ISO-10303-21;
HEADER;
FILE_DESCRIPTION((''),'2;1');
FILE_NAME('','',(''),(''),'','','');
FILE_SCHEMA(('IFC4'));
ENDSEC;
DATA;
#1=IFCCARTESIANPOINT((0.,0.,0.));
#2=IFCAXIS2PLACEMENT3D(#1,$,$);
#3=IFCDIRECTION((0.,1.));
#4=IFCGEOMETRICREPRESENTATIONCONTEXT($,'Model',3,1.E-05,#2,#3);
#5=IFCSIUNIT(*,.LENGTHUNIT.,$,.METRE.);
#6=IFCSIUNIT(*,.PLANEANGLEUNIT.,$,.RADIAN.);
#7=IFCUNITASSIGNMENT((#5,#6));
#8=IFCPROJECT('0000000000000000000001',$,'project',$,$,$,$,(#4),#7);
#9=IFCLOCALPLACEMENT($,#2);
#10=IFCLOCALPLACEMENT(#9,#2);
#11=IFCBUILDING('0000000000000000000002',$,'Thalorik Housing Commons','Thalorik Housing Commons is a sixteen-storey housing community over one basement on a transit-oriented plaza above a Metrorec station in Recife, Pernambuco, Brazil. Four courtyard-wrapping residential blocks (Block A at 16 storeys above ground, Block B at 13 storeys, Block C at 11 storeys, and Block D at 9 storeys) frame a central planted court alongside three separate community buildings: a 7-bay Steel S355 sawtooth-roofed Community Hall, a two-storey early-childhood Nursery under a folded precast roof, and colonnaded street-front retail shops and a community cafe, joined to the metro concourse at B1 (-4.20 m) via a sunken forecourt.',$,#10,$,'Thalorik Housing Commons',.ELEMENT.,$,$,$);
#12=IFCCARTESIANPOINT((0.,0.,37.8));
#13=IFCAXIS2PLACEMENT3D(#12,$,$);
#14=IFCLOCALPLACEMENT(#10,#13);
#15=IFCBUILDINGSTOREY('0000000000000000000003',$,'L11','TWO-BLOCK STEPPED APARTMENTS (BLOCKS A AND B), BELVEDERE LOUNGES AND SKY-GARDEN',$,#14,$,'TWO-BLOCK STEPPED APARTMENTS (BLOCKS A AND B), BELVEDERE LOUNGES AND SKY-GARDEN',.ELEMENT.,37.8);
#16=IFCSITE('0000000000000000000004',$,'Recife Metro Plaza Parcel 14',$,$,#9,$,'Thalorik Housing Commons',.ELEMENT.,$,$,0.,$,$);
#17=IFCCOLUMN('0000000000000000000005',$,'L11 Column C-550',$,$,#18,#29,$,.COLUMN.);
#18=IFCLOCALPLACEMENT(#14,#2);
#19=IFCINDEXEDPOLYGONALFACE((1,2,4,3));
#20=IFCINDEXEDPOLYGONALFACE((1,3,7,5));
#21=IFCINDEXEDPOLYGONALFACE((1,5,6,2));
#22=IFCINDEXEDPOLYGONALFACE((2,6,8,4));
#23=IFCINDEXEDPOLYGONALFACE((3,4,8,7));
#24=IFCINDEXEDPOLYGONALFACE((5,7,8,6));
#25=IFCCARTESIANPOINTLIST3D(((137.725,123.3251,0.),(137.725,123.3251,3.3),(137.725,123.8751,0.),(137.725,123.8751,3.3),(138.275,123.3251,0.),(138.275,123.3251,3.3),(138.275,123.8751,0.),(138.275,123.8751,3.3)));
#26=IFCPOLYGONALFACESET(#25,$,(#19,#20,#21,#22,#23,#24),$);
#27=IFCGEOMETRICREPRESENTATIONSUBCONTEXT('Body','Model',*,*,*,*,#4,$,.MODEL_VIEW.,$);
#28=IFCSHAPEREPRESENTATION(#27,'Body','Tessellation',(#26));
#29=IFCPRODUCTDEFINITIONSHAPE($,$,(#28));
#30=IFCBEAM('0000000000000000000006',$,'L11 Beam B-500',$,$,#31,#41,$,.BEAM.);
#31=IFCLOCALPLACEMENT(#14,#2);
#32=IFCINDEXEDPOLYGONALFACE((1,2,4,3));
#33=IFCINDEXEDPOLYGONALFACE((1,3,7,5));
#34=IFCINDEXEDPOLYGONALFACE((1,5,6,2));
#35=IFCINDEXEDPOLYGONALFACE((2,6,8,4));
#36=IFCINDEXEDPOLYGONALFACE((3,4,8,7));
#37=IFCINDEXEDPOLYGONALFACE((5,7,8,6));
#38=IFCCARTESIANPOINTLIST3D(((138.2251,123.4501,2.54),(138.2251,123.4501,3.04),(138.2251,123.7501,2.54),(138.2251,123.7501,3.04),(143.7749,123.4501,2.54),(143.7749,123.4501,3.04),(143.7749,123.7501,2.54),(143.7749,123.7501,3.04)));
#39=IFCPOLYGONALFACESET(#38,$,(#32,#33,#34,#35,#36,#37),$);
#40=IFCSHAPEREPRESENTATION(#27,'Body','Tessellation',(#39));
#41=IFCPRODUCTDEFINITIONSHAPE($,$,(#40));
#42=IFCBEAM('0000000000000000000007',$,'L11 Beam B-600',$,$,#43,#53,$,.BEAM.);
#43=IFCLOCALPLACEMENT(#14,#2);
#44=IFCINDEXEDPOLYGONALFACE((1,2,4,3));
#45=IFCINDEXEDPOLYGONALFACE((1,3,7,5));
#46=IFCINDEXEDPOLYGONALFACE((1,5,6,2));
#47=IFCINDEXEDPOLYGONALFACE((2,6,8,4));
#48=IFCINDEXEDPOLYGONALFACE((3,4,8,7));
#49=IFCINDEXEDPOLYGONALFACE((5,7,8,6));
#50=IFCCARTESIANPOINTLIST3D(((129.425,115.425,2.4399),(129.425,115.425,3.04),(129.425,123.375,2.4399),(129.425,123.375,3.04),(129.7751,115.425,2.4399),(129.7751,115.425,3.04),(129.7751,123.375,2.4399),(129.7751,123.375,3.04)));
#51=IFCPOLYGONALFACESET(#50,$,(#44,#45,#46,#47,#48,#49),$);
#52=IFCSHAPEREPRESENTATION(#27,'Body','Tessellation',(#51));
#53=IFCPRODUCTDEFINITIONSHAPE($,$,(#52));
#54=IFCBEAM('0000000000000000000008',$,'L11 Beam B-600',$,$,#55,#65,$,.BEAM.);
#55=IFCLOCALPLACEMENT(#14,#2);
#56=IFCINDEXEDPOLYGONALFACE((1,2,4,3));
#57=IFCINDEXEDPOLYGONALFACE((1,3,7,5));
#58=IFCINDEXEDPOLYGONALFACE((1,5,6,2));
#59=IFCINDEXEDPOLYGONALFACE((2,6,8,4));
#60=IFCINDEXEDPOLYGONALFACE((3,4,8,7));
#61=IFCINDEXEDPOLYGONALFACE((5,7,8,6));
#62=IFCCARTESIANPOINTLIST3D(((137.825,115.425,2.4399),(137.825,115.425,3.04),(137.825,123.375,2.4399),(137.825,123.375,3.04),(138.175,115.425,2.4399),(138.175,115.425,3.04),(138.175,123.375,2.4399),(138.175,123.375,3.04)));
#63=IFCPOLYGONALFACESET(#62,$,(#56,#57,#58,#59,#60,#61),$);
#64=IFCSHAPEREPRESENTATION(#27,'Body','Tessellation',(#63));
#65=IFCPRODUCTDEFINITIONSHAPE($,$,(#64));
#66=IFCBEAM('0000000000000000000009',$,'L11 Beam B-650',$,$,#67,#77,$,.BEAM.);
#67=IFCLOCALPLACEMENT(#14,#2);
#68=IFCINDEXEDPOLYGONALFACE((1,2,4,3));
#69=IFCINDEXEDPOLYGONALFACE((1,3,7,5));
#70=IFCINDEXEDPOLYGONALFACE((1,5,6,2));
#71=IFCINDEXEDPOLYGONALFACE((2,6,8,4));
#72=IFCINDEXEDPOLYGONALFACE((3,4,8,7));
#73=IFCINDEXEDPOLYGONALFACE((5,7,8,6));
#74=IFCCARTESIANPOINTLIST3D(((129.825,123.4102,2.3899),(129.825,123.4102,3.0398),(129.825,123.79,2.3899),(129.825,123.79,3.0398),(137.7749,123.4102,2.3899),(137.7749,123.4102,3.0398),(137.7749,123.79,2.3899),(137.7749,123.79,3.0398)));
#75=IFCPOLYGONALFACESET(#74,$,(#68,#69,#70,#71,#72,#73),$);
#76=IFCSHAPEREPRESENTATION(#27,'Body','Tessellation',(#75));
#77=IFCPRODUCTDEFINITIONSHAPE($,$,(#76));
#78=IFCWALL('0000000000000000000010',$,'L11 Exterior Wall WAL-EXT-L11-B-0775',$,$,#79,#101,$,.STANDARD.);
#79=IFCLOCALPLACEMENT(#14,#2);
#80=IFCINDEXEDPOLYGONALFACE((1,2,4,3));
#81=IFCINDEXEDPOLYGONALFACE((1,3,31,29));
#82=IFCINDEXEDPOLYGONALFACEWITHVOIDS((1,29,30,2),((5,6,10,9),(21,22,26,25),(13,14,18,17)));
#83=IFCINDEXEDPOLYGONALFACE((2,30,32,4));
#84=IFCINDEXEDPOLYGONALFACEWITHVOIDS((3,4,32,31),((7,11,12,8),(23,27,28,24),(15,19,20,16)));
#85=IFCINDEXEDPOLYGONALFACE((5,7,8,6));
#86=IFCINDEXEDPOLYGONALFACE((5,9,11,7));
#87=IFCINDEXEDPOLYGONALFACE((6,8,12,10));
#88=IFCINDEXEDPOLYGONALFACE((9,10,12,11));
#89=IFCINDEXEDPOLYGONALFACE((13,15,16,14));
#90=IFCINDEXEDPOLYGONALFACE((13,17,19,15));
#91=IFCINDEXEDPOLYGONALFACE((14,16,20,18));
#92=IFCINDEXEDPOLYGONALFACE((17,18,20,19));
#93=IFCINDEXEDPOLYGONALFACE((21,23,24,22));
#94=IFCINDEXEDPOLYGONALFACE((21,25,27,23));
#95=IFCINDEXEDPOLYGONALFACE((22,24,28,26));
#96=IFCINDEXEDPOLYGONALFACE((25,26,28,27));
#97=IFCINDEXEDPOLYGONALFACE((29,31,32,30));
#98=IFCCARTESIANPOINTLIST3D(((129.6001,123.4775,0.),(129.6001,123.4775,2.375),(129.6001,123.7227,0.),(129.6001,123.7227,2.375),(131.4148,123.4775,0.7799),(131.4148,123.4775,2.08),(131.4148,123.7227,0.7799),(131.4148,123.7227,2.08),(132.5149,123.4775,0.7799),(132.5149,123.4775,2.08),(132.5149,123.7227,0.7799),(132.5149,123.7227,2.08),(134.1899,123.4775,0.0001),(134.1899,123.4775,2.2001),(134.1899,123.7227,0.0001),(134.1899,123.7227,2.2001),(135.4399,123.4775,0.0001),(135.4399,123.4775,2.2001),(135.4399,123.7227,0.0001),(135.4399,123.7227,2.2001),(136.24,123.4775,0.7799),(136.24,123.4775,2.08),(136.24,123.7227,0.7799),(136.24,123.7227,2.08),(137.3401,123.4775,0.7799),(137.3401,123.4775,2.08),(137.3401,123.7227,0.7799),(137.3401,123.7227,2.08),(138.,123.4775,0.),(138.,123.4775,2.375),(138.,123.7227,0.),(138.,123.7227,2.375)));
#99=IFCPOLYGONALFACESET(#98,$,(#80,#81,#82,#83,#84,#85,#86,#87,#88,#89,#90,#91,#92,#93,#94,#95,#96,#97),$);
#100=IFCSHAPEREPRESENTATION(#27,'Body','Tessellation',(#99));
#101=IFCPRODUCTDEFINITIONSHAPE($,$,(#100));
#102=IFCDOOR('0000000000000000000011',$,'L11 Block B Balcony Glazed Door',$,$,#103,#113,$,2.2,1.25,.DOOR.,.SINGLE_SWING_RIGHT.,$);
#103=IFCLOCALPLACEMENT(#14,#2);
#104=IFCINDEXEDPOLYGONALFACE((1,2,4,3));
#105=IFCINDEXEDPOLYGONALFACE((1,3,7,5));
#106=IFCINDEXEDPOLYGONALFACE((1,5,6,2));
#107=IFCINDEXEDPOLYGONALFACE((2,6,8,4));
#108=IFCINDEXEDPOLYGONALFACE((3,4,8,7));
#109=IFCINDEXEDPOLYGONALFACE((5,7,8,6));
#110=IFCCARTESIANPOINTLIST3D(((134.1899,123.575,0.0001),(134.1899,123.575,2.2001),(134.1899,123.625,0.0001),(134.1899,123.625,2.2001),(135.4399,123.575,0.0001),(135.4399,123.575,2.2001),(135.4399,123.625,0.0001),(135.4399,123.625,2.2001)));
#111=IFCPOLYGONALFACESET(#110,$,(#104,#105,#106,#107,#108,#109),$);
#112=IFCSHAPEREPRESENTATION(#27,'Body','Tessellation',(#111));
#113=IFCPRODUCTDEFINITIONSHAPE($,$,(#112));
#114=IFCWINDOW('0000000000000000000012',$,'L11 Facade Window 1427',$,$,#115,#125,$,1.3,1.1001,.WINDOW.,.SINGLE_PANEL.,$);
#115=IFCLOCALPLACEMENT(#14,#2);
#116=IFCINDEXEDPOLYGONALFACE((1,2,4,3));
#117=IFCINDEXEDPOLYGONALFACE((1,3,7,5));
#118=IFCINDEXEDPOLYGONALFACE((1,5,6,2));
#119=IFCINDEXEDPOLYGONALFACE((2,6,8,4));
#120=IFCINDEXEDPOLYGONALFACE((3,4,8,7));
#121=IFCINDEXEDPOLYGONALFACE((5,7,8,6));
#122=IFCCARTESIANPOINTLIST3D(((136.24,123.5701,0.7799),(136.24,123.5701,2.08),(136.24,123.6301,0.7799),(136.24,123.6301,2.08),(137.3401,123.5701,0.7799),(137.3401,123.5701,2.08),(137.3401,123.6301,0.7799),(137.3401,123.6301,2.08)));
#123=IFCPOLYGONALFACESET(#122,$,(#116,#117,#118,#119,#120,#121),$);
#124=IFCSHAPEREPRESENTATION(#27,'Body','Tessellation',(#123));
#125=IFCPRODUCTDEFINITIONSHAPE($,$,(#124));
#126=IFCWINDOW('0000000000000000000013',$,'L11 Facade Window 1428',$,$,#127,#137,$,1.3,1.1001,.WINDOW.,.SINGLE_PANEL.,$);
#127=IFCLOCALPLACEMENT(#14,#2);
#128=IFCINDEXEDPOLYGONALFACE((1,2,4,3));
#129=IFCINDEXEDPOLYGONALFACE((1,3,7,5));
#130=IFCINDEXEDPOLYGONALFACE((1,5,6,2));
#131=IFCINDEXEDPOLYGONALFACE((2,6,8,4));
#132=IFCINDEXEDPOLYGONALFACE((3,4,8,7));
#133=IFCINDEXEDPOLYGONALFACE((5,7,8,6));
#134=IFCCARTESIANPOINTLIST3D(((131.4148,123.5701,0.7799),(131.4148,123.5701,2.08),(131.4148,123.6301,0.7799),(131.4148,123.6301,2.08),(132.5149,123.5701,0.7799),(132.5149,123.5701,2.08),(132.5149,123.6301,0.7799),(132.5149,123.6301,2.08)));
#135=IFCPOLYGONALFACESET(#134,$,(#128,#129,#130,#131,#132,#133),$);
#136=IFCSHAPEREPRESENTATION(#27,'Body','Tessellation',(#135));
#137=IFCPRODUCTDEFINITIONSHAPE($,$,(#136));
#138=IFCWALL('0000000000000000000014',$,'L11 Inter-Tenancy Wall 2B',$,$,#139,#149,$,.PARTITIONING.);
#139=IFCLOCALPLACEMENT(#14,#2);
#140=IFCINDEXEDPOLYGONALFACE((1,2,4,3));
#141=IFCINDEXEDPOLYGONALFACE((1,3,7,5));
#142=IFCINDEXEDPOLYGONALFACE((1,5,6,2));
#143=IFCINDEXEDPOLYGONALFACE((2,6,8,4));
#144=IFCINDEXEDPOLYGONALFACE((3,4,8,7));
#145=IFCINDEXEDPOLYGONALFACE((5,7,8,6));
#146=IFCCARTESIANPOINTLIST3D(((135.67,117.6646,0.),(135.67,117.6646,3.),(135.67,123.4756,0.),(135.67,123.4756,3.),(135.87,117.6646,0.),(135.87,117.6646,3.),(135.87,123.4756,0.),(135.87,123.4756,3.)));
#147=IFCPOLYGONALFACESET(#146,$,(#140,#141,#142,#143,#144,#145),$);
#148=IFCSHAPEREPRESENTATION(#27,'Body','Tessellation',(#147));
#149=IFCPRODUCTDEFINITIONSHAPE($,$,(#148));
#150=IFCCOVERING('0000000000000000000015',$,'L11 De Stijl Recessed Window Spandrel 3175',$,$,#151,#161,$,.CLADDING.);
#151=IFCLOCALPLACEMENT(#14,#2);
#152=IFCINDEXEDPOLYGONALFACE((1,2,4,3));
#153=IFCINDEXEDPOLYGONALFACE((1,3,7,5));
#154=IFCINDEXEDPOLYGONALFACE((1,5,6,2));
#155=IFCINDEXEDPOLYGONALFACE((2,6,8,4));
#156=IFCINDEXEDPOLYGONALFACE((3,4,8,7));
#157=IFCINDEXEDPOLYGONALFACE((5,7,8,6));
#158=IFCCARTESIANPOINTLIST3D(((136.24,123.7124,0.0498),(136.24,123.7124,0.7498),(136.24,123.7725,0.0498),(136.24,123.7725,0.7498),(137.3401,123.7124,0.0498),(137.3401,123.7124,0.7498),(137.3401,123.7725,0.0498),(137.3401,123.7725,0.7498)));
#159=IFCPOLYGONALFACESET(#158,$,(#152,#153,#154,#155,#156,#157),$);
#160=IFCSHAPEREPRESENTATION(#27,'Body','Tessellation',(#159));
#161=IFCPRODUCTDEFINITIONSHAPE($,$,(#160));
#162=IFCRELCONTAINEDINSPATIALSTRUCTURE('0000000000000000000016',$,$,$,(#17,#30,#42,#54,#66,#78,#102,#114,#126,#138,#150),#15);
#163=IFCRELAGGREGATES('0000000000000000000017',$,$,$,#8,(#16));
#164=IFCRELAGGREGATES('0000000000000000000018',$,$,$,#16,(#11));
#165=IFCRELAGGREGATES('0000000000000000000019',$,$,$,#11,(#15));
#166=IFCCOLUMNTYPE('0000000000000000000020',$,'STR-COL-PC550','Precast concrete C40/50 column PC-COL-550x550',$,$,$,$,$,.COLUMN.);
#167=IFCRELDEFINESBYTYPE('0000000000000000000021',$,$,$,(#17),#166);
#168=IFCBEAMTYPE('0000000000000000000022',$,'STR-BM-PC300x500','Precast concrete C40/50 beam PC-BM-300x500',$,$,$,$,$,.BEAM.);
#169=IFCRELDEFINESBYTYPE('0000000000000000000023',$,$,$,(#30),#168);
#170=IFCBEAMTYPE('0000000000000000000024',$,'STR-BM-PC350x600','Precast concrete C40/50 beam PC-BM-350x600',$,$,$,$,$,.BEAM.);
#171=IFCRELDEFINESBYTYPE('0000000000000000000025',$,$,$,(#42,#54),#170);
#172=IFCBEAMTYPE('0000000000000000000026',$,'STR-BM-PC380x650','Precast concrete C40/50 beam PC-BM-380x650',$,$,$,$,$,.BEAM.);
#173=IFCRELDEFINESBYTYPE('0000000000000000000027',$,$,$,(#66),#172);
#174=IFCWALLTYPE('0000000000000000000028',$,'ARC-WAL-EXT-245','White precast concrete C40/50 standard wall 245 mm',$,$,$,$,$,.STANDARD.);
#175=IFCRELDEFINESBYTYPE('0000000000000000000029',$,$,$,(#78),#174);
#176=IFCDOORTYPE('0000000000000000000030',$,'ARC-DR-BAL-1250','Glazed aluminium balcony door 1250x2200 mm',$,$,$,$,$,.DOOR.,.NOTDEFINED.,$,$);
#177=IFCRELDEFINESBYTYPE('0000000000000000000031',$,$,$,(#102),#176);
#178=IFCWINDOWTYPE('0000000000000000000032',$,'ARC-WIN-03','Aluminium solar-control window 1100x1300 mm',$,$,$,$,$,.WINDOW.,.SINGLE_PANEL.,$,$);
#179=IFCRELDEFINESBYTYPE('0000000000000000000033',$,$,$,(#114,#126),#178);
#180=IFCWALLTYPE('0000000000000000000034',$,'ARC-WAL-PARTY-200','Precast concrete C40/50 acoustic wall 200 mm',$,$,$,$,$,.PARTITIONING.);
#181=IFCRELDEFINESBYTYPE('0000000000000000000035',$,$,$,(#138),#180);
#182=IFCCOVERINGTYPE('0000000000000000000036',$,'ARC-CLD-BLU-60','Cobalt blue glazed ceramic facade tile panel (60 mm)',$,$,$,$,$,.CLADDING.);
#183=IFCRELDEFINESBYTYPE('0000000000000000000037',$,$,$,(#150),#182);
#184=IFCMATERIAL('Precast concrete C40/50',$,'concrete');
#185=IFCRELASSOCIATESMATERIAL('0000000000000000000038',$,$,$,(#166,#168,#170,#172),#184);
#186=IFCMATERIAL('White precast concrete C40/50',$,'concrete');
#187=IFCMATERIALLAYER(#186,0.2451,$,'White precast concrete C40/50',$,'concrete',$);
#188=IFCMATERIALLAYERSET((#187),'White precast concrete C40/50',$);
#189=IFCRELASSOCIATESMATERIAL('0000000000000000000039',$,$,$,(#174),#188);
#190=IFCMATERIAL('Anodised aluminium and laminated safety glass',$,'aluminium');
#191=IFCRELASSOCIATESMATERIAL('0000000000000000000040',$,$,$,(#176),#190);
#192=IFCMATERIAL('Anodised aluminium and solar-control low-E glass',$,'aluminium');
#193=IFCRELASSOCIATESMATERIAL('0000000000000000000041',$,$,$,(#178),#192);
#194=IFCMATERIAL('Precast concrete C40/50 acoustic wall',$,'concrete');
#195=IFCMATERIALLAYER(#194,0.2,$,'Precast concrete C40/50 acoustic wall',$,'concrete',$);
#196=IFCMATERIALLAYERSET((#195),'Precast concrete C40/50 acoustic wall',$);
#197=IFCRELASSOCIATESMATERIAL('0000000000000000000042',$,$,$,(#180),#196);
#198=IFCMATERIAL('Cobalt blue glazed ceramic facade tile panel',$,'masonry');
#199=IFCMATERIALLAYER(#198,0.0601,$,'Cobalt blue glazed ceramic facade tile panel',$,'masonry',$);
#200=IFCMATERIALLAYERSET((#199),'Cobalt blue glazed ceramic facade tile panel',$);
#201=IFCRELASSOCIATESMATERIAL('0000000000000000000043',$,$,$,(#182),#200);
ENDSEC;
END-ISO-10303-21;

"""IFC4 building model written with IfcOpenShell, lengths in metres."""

from ifc_helpers import new_model, si_unit, direction, frame, frame_2d, origin, origin_2d, place, context, subcontext, project, spatial, rectangle, extrude, material, layer, layer_set, material_profile, profile_set, type_object, element, fill, save


model = new_model("IFC4")

# Units and contexts
model_context = context("Model", 3, precision=1e-05, world=origin(), true_north=direction((0.0, 1.0)))
body_context = subcontext(model_context, "Body", "Model", "MODEL_VIEW")
ifc_project = project(units=[si_unit("LENGTHUNIT", "METRE"), si_unit("PLANEANGLEUNIT", "RADIAN")], contexts=[model_context])

# Site, building, storey
site_placement = place(None, origin())
site = spatial("IfcSite", under=ifc_project, at=site_placement, Name="Recife Metro Plaza Parcel 14", LongName="Thalorik Housing Commons", CompositionType="ELEMENT", RefElevation=0.0)
building_placement = place(site_placement, origin())
building = spatial("IfcBuilding", under=site, at=building_placement, Name="Thalorik Housing Commons", Description="Thalorik Housing Commons is a sixteen-storey housing community over one basement on a transit-oriented plaza above a Metrorec station in Recife, Pernambuco, Brazil. Four courtyard-wrapping residential blocks (Block A at 16 storeys above ground, Block B at 13 storeys, Block C at 11 storeys, and Block D at 9 storeys) frame a central planted court alongside three separate community buildings: a 7-bay Steel S355 sawtooth-roofed Community Hall, a two-storey early-childhood Nursery under a folded precast roof, and colonnaded street-front retail shops and a community cafe, joined to the metro concourse at B1 (-4.20 m) via a sunken forecourt.", LongName="Thalorik Housing Commons", CompositionType="ELEMENT")
storey_placement = place(building_placement, frame((0.0, 0.0, 37.8)))
storey = spatial("IfcBuildingStorey", under=building, at=storey_placement, Name="L11", Description="TWO-BLOCK STEPPED APARTMENTS (BLOCKS A AND B), BELVEDERE LOUNGES AND SKY-GARDEN", LongName="TWO-BLOCK STEPPED APARTMENTS (BLOCKS A AND B), BELVEDERE LOUNGES AND SKY-GARDEN", CompositionType="ELEMENT", Elevation=37.8)

# Column
ifc_material_1 = material(Name="Precast concrete C40/50", Category="concrete")
ifc_material_profile_1 = material_profile(ifc_material_1, rectangle(XDim=0.55, YDim=0.55, at=origin_2d()), Name="PC 550x550", Category="concrete")
ifc_profile_set_1 = profile_set([ifc_material_profile_1], Name="Precast concrete C40/50")
column_type = type_object("IfcColumnType", Name="STR-COL-PC550", Description="Precast concrete C40/50 column PC-COL-550x550", PredefinedType="COLUMN", material=ifc_profile_set_1)
column_placement = place(storey_placement, frame((138.0, 123.6001, 0.0), z_axis=(0.0, 0.0, 1.0), x_axis=(1.0, 0.0, 0.0)))
element("IfcColumn", 1, at=column_placement, inside=storey, type_object=column_type, Name="L11 Column C-550", PredefinedType="COLUMN", context=body_context, shape_type="SweptSolid", body=[
    extrude(rectangle(XDim=0.55, YDim=0.55, at=origin_2d()), origin(), (0.0, 0.0, 1.0), 3.3),
])

# Beams
ifc_material_profile_2 = material_profile(ifc_material_1, rectangle(XDim=0.3, YDim=0.5, at=origin_2d()), Name="PC 300x500", Category="concrete")
ifc_profile_set_2 = profile_set([ifc_material_profile_2], Name="Precast concrete C40/50")
beam_type_1 = type_object("IfcBeamType", Name="STR-BM-PC300x500", Description="Precast concrete C40/50 beam PC-BM-300x500", PredefinedType="BEAM", material=ifc_profile_set_2)
beam_1_placement = place(storey_placement, frame((138.2251, 123.6001, 2.79), z_axis=(1.0, 0.0, 0.0), x_axis=(0.0, 1.0, 0.0)))
element("IfcBeam", 2, at=beam_1_placement, inside=storey, type_object=beam_type_1, Name="L11 Beam B-500", PredefinedType="BEAM", context=body_context, shape_type="SweptSolid", body=[
    extrude(rectangle(XDim=0.3, YDim=0.5, at=origin_2d()), origin(), (0.0, 0.0, 1.0), 5.5498),
])
ifc_material_profile_3 = material_profile(ifc_material_1, rectangle(XDim=0.3501, YDim=0.6001, at=origin_2d()), Name="PC 350x600", Category="concrete")
ifc_profile_set_3 = profile_set([ifc_material_profile_3], Name="Precast concrete C40/50")
beam_type_2 = type_object("IfcBeamType", Name="STR-BM-PC350x600", Description="Precast concrete C40/50 beam PC-BM-350x600", PredefinedType="BEAM", material=ifc_profile_set_3)
for number, where, z_axis, x_axis, name in (
    (3, (129.6001, 115.425, 2.74), (0.0, 1.0, 0.0), (-1.0, 0.0, 0.0), "L11 Beam B-600"),
    (4, (138.0, 115.425, 2.74), (0.0, 1.0, 0.0), (-1.0, 0.0, 0.0), "L11 Beam B-600"),
):
    element("IfcBeam", number, at=place(storey_placement, frame(where, z_axis=z_axis, x_axis=x_axis)), inside=storey, type_object=beam_type_2, Name=name, PredefinedType="BEAM", context=body_context, shape_type="SweptSolid", body=[
        extrude(rectangle(XDim=0.3501, YDim=0.6001, at=origin_2d()), origin(), (0.0, 0.0, 1.0), 7.95),
    ])
ifc_material_profile_4 = material_profile(ifc_material_1, rectangle(XDim=0.3799, YDim=0.6499, at=origin_2d()), Name="PC 380x650", Category="concrete")
ifc_profile_set_4 = profile_set([ifc_material_profile_4], Name="Precast concrete C40/50")
beam_type_3 = type_object("IfcBeamType", Name="STR-BM-PC380x650", Description="Precast concrete C40/50 beam PC-BM-380x650", PredefinedType="BEAM", material=ifc_profile_set_4)
beam_2_placement = place(storey_placement, frame((129.825, 123.6001, 2.7148), z_axis=(1.0, 0.0, 0.0), x_axis=(0.0, 1.0, 0.0)))
element("IfcBeam", 5, at=beam_2_placement, inside=storey, type_object=beam_type_3, Name="L11 Beam B-650", PredefinedType="BEAM", context=body_context, shape_type="SweptSolid", body=[
    extrude(rectangle(XDim=0.3799, YDim=0.6499, at=origin_2d()), origin(), (0.0, 0.0, 1.0), 7.95),
])

# Wall, openings, door, windows
ifc_material_2 = material(Name="White precast concrete C40/50", Category="concrete")
ifc_layer_1 = layer(ifc_material_2, 0.2451, Name="White precast concrete C40/50", Category="concrete")
ifc_layer_set_1 = layer_set([ifc_layer_1], Name="White precast concrete C40/50")
wall_type_1 = type_object("IfcWallType", Name="ARC-WAL-EXT-245", Description="White precast concrete C40/50 standard wall 245 mm", PredefinedType="STANDARD", material=ifc_layer_set_1)
wall_1_placement = place(storey_placement, frame((138.0, 123.6001, 0.0), z_axis=(0.0, 0.0, 1.0), x_axis=(-1.0, 0.0, 0.0)))
wall_1 = element("IfcWall", 6, at=wall_1_placement, inside=storey, type_object=wall_type_1, Name="L11 Exterior Wall WAL-EXT-L11-B-0775", PredefinedType="STANDARD", context=body_context, shape_type="SweptSolid", body=[
    extrude(rectangle(XDim=8.3999, YDim=0.2451, at=frame_2d((4.2, 0.0))), origin(), (0.0, 0.0, 1.0), 2.375),
])
opening_1_placement = place(wall_1_placement, frame((2.5601, 0.0, 0.0)))
opening_1 = element("IfcOpeningElement", 7, at=opening_1_placement, cuts=wall_1, PredefinedType="OPENING", context=body_context, shape_type="SweptSolid", body=[
    extrude(rectangle(XDim=1.25, YDim=2.2, at=frame_2d((0.625, 1.1001))), frame((0.0, 0.1326, 0.0), z_axis=(0.0, -1.0, 0.0), x_axis=(1.0, 0.0, 0.0)), (0.0, 0.0, 1.0), 0.2651),
])
opening_2_placement = place(wall_1_placement, frame((0.6599, 0.0, 0.78)))
opening_2 = element("IfcOpeningElement", 8, at=opening_2_placement, cuts=wall_1, PredefinedType="OPENING", context=body_context, shape_type="SweptSolid", body=[
    extrude(rectangle(XDim=1.1001, YDim=1.3, at=frame_2d((0.55, 0.6499))), frame((0.0, 0.1326, 0.0), z_axis=(0.0, -1.0, 0.0), x_axis=(1.0, 0.0, 0.0)), (0.0, 0.0, 1.0), 0.2651),
])
opening_3_placement = place(wall_1_placement, frame((5.4851, 0.0, 0.78)))
opening_3 = element("IfcOpeningElement", 9, at=opening_3_placement, cuts=wall_1, PredefinedType="OPENING", context=body_context, shape_type="SweptSolid", body=[
    extrude(rectangle(XDim=1.1001, YDim=1.3, at=frame_2d((0.55, 0.6499))), frame((0.0, 0.1326, 0.0), z_axis=(0.0, -1.0, 0.0), x_axis=(1.0, 0.0, 0.0)), (0.0, 0.0, 1.0), 0.2651),
])
ifc_material_3 = material(Name="Anodised aluminium and laminated safety glass", Category="aluminium")
door_type_1 = type_object("IfcDoorType", Name="ARC-DR-BAL-1250", Description="Glazed aluminium balcony door 1250x2200 mm", OperationType="NOTDEFINED", PredefinedType="DOOR", material=ifc_material_3)
door_1_placement = place(opening_1_placement, frame((1.25, 0.0, 0.0), z_axis=(0.0, 0.0, 1.0), x_axis=(-1.0, 0.0, 0.0)))
door_1 = element("IfcDoor", 10, at=door_1_placement, inside=storey, type_object=door_type_1, Name="L11 Block B Balcony Glazed Door", OperationType="SINGLE_SWING_RIGHT", OverallHeight=2.2, OverallWidth=1.25, PredefinedType="DOOR", context=body_context, shape_type="SweptSolid", body=[
    extrude(rectangle(XDim=1.25, YDim=2.2, at=frame_2d((0.625, 1.1001))), frame((0.0, 0.0249, 0.0), z_axis=(0.0, -1.0, 0.0), x_axis=(1.0, 0.0, 0.0)), (0.0, 0.0, 1.0), 0.05),
])
fill(opening_1, door_1)
ifc_material_4 = material(Name="Anodised aluminium and solar-control low-E glass", Category="aluminium")
window_type_1 = type_object("IfcWindowType", Name="ARC-WIN-03", Description="Aluminium solar-control window 1100x1300 mm", PartitioningType="SINGLE_PANEL", PredefinedType="WINDOW", material=ifc_material_4)
window_1_placement = place(opening_2_placement, origin())
window_1 = element("IfcWindow", 11, at=window_1_placement, inside=storey, type_object=window_type_1, Name="L11 Facade Window 1427", OverallHeight=1.3, OverallWidth=1.1001, PartitioningType="SINGLE_PANEL", PredefinedType="WINDOW", context=body_context, shape_type="SweptSolid", body=[
    extrude(rectangle(XDim=1.1001, YDim=1.3, at=frame_2d((0.55, 0.6499))), frame((0.0, 0.03, 0.0), z_axis=(0.0, -1.0, 0.0), x_axis=(1.0, 0.0, 0.0)), (0.0, 0.0, 1.0), 0.0601),
])
fill(opening_2, window_1)
window_2_placement = place(opening_3_placement, origin())
window_2 = element("IfcWindow", 12, at=window_2_placement, inside=storey, type_object=window_type_1, Name="L11 Facade Window 1428", OverallHeight=1.3, OverallWidth=1.1001, PartitioningType="SINGLE_PANEL", PredefinedType="WINDOW", context=body_context, shape_type="SweptSolid", body=[
    extrude(rectangle(XDim=1.1001, YDim=1.3, at=frame_2d((0.55, 0.6499))), frame((0.0, 0.03, 0.0), z_axis=(0.0, -1.0, 0.0), x_axis=(1.0, 0.0, 0.0)), (0.0, 0.0, 1.0), 0.0601),
])
fill(opening_3, window_2)

# Wall
ifc_material_5 = material(Name="Precast concrete C40/50 acoustic wall", Category="concrete")
ifc_layer_2 = layer(ifc_material_5, 0.2, Name="Precast concrete C40/50 acoustic wall", Category="concrete")
ifc_layer_set_2 = layer_set([ifc_layer_2], Name="Precast concrete C40/50 acoustic wall")
wall_type_2 = type_object("IfcWallType", Name="ARC-WAL-PARTY-200", Description="Precast concrete C40/50 acoustic wall 200 mm", PredefinedType="PARTITIONING", material=ifc_layer_set_2)
wall_2_placement = place(storey_placement, frame((135.77, 117.6646, 0.0), z_axis=(0.0, 0.0, 1.0), x_axis=(0.0, 1.0, 0.0)))
element("IfcWall", 13, at=wall_2_placement, inside=storey, type_object=wall_type_2, Name="L11 Inter-Tenancy Wall 2B", PredefinedType="PARTITIONING", context=body_context, shape_type="SweptSolid", body=[
    extrude(rectangle(XDim=5.811, YDim=0.2, at=frame_2d((2.9055, 0.0))), origin(), (0.0, 0.0, 1.0), 3.0),
])

# Covering
ifc_material_6 = material(Name="Cobalt blue glazed ceramic facade tile panel", Category="masonry")
ifc_layer_3 = layer(ifc_material_6, 0.0601, Name="Cobalt blue glazed ceramic facade tile panel", Category="masonry")
ifc_layer_set_3 = layer_set([ifc_layer_3], Name="Cobalt blue glazed ceramic facade tile panel")
covering_type_1 = type_object("IfcCoveringType", Name="ARC-CLD-BLU-60", Description="Cobalt blue glazed ceramic facade tile panel (60 mm)", PredefinedType="CLADDING", material=ifc_layer_set_3)
covering_1_placement = place(storey_placement, frame((136.79, 123.7424, 0.0498), z_axis=(0.0, 0.0, 1.0), x_axis=(-1.0, 0.0, 0.0)))
element("IfcCovering", 14, at=covering_1_placement, inside=storey, type_object=covering_type_1, Name="L11 De Stijl Recessed Window Spandrel 3175", PredefinedType="CLADDING", context=body_context, shape_type="SweptSolid", body=[
    extrude(rectangle(XDim=1.1001, YDim=0.0601, at=origin_2d()), origin(), (0.0, 0.0, 1.0), 0.7),
])

save(model, "model.ifc")
